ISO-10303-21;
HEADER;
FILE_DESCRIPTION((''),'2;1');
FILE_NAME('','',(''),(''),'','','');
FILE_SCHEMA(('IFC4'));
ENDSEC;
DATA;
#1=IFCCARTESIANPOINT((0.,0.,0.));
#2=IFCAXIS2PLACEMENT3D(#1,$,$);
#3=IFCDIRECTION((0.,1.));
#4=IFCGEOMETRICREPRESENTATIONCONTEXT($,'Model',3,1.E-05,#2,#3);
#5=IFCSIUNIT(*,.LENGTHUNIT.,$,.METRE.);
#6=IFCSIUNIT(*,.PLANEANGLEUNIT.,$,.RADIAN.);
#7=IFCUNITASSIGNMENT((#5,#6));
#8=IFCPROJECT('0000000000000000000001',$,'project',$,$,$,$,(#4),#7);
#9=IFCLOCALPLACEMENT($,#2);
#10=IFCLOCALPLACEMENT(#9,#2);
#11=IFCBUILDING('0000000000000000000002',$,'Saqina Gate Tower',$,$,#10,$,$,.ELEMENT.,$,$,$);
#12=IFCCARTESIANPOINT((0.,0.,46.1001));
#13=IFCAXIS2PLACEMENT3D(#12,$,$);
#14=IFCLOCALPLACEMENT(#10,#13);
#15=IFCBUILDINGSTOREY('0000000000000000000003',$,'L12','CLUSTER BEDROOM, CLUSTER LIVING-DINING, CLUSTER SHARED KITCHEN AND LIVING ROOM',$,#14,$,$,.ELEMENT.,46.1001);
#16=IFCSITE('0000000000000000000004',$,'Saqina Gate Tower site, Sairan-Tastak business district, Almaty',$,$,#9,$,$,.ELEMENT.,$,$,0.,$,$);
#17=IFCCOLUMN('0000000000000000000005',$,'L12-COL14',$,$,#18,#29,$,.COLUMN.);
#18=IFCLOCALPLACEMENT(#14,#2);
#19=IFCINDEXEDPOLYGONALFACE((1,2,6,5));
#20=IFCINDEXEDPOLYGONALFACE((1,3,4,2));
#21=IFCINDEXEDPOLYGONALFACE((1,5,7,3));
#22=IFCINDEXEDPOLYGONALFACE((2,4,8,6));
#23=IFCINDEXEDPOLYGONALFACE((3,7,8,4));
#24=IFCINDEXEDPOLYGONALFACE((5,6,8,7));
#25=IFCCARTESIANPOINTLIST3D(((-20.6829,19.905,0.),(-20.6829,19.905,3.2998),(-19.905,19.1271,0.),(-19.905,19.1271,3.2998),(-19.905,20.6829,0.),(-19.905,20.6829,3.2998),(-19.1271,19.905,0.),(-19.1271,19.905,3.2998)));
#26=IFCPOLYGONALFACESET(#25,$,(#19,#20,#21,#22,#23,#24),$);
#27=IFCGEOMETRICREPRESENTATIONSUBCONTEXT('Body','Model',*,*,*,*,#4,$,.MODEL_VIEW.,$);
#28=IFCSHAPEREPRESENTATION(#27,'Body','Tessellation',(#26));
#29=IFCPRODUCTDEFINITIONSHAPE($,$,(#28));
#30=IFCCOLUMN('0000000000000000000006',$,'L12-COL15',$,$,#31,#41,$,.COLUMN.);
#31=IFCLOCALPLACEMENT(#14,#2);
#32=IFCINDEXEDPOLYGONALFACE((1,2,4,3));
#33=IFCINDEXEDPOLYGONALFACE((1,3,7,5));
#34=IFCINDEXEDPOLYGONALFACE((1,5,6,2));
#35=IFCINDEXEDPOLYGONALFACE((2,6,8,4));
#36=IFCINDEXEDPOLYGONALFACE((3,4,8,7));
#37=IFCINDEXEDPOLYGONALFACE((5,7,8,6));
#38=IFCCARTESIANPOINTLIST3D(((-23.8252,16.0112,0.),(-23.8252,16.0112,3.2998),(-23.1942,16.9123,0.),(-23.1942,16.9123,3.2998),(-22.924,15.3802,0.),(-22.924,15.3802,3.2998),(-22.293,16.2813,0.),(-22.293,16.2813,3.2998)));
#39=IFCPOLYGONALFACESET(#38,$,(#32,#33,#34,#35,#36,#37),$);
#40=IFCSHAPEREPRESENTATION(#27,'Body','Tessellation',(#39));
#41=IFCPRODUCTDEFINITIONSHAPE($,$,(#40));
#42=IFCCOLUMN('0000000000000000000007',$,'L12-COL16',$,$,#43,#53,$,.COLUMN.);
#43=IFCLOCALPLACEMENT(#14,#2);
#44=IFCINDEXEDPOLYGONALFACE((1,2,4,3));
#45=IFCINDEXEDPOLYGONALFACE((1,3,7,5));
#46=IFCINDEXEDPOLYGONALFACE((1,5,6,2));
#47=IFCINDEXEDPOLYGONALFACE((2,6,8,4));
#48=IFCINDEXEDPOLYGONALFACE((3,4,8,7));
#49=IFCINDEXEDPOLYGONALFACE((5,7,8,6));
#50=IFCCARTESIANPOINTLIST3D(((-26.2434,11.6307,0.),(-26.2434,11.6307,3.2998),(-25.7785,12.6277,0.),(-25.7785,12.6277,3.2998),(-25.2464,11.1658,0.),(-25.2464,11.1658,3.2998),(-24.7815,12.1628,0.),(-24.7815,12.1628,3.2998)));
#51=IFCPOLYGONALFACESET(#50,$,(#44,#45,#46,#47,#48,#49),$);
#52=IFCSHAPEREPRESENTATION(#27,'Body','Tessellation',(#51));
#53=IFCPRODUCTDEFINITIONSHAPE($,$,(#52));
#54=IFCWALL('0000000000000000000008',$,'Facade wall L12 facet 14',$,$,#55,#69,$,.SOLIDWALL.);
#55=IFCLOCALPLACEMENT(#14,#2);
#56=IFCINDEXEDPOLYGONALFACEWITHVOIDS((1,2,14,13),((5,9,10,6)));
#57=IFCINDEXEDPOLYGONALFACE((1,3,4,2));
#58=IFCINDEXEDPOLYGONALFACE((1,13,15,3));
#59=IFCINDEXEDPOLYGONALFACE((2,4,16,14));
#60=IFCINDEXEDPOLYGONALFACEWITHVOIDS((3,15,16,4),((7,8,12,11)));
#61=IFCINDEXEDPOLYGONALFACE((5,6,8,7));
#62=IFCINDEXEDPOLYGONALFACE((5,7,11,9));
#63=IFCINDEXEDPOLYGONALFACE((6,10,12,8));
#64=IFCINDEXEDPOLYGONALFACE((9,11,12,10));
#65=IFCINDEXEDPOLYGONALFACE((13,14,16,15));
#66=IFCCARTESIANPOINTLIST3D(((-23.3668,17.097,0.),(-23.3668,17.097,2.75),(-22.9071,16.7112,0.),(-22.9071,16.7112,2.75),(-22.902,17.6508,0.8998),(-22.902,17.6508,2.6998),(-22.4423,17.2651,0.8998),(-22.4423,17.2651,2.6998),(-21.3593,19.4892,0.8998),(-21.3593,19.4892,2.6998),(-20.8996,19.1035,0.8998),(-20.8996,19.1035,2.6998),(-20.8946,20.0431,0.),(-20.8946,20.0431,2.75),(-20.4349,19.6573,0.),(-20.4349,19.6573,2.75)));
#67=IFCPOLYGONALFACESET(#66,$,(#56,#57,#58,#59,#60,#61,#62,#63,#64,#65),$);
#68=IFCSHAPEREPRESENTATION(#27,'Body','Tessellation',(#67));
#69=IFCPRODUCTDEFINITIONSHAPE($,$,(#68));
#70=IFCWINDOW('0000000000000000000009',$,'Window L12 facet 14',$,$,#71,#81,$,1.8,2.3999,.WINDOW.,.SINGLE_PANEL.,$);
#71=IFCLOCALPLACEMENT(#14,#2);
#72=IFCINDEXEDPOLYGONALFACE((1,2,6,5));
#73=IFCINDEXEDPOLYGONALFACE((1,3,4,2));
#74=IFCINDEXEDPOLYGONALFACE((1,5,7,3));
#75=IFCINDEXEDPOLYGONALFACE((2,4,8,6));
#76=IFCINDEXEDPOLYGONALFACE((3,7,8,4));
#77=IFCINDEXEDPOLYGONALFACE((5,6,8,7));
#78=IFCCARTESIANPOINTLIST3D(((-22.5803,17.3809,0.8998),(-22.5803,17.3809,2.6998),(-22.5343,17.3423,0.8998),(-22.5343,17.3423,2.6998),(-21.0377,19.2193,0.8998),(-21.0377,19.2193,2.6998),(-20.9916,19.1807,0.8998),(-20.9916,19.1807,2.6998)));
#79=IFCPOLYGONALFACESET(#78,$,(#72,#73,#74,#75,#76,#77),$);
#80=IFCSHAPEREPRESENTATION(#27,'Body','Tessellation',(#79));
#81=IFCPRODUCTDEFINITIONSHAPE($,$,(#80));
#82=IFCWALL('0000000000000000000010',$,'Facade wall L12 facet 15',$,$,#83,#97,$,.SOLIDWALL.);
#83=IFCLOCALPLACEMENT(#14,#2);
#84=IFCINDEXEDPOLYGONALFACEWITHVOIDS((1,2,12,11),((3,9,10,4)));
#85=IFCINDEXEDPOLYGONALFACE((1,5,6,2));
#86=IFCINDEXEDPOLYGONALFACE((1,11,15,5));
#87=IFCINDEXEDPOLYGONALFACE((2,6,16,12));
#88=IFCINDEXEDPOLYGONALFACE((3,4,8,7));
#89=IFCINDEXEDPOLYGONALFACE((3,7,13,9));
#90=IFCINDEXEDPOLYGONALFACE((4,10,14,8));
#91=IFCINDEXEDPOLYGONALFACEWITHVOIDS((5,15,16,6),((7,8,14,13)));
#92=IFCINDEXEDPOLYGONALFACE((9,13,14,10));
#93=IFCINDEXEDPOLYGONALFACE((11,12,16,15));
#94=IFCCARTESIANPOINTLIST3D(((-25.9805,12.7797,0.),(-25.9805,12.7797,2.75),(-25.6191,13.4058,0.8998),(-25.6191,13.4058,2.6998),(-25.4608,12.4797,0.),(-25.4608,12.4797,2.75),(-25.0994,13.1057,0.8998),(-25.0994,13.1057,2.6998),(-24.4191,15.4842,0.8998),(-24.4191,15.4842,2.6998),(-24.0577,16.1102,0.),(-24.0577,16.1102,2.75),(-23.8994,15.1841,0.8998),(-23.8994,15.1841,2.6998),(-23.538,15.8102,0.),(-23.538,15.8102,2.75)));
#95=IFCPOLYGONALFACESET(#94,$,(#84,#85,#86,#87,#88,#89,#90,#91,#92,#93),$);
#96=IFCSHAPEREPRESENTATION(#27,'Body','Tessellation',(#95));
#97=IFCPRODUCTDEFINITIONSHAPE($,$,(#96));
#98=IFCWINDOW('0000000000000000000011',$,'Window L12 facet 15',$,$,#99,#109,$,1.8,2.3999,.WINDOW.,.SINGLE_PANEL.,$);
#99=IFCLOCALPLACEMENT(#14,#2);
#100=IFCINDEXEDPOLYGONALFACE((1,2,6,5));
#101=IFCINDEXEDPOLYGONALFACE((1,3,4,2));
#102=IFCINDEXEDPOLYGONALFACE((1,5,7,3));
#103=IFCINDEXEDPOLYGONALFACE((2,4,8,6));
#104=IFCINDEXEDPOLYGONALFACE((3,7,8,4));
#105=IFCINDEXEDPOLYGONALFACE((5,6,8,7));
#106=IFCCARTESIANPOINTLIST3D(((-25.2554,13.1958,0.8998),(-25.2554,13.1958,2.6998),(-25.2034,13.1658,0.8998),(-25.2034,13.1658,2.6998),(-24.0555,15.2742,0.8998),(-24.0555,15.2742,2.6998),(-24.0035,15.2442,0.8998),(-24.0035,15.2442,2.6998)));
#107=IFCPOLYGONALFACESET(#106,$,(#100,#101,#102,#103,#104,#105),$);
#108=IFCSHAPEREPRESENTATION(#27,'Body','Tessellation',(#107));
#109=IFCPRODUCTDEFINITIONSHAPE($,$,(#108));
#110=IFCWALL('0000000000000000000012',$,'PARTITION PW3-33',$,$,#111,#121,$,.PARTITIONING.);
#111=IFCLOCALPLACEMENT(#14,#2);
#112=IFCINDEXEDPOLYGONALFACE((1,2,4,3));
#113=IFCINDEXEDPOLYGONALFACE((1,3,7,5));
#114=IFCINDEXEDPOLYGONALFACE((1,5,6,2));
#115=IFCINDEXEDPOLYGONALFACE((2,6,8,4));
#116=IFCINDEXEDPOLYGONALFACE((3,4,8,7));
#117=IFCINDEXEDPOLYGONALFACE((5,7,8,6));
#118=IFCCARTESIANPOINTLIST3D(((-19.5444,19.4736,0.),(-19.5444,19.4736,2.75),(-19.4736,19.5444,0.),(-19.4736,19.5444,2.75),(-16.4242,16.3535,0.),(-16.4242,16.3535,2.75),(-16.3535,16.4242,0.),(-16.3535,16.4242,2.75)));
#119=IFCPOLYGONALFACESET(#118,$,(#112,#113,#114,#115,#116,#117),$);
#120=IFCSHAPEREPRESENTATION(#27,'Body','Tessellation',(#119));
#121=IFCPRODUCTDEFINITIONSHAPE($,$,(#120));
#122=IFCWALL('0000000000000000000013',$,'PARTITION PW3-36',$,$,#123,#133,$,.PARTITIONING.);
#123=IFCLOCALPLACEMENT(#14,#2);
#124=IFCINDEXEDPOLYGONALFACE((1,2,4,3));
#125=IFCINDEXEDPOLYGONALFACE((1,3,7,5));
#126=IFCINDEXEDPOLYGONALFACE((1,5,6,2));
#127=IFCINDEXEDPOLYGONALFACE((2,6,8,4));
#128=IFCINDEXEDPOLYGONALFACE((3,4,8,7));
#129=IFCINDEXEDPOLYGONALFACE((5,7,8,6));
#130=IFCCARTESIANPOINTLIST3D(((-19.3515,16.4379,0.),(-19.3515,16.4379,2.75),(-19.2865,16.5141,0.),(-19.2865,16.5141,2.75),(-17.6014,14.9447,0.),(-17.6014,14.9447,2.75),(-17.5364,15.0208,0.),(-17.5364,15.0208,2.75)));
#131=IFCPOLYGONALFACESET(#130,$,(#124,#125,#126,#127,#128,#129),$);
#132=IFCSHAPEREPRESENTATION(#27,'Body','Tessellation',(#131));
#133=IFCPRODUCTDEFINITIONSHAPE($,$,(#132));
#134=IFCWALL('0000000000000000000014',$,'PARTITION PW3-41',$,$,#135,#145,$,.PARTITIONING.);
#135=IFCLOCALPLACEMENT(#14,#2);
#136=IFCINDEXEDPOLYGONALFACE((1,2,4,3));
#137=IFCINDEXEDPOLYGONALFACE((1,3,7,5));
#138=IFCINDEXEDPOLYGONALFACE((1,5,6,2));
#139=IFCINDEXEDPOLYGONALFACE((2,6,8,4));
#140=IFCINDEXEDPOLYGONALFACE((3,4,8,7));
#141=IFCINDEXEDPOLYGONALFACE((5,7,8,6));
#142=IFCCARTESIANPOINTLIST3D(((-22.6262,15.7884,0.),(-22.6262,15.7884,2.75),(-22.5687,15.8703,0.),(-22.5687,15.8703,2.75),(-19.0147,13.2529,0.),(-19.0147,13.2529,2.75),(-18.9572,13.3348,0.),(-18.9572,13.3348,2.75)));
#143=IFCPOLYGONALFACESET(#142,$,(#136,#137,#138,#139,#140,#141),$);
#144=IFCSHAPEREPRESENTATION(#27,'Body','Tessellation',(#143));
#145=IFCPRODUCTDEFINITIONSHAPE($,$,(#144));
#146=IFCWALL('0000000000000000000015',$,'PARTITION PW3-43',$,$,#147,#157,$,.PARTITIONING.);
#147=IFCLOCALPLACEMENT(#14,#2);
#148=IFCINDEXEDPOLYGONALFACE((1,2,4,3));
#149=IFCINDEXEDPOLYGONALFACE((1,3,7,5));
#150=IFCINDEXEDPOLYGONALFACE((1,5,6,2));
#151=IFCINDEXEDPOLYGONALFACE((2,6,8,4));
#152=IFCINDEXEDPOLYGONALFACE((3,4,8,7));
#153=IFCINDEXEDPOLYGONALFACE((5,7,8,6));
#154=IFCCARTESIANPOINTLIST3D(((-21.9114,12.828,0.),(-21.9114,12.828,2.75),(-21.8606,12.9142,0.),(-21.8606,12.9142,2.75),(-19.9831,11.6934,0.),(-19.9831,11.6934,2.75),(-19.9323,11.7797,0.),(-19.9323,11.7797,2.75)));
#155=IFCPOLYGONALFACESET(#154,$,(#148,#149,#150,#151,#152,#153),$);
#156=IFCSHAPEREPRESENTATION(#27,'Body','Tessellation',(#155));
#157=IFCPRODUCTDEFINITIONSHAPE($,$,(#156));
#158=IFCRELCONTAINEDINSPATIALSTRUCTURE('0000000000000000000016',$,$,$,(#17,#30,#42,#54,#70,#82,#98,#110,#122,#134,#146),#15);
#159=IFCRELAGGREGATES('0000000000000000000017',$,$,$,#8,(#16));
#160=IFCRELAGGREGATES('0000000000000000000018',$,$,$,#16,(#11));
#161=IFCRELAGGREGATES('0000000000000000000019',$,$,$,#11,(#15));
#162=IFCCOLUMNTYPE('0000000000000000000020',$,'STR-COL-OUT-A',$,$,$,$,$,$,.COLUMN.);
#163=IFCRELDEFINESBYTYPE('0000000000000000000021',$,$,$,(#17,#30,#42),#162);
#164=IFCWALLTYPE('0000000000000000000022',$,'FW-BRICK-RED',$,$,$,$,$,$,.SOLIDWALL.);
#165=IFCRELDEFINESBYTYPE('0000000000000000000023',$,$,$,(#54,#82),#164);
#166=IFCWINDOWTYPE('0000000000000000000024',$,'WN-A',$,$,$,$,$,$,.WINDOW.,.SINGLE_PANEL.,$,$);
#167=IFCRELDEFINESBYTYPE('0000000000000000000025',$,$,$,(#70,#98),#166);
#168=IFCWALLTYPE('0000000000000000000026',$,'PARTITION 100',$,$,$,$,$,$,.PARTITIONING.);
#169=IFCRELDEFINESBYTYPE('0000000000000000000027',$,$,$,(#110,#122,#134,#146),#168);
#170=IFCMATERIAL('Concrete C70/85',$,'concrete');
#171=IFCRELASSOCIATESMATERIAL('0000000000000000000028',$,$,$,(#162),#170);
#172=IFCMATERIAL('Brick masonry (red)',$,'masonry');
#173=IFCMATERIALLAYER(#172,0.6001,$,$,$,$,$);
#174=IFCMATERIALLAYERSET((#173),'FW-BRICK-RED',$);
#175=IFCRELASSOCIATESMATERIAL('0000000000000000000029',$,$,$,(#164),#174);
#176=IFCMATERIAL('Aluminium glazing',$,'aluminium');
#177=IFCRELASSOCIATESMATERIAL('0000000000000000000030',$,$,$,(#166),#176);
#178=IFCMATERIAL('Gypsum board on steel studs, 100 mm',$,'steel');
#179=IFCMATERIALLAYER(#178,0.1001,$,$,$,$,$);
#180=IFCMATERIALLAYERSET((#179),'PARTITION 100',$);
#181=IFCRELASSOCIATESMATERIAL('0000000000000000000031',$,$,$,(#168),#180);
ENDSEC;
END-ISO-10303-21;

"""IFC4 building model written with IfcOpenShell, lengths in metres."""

from ifc_helpers import new_model, si_unit, direction, frame, frame_2d, origin, origin_2d, place, context, subcontext, project, spatial, rectangle, extrude, material, layer, layer_set, material_profile, profile_set, type_object, element, fill, save


model = new_model("IFC4")

# Units and contexts
model_context = context("Model", 3, precision=1e-05, world=origin(), true_north=direction((0.0, 1.0)))
body_context = subcontext(model_context, "Body", "Model", "MODEL_VIEW")
ifc_project = project(units=[si_unit("LENGTHUNIT", "METRE"), si_unit("PLANEANGLEUNIT", "RADIAN")], contexts=[model_context])

# Site, building, storey
site_placement = place(None, origin())
site = spatial("IfcSite", under=ifc_project, at=site_placement, Name="Saqina Gate Tower site, Sairan-Tastak business district, Almaty", CompositionType="ELEMENT", RefElevation=0.0)
building_placement = place(site_placement, origin())
building = spatial("IfcBuilding", under=site, at=building_placement, Name="Saqina Gate Tower", CompositionType="ELEMENT")
storey_placement = place(building_placement, frame((0.0, 0.0, 46.1001)))
storey = spatial("IfcBuildingStorey", under=building, at=storey_placement, Name="L12", Description="CLUSTER BEDROOM, CLUSTER LIVING-DINING, CLUSTER SHARED KITCHEN AND LIVING ROOM", CompositionType="ELEMENT", Elevation=46.1001)

# Columns
ifc_material_1 = material(Name="Concrete C70/85", Category="concrete")
ifc_material_profile = material_profile(ifc_material_1, rectangle(XDim=1.1001, YDim=1.1001, at=origin_2d()), Name="RC 1100x1100")
ifc_profile_set = profile_set([ifc_material_profile], Name="Concrete C70/85")
column_type = type_object("IfcColumnType", Name="STR-COL-OUT-A", PredefinedType="COLUMN", material=ifc_profile_set)
for number, where, z_axis, x_axis, name in (
    (1, (-19.905, 19.905, 0.0), (0.0, 0.0, 1.0), (-0.707107, 0.707107, 0.0), "L12-COL14"),
    (2, (-23.0591, 16.1462, 0.0), (0.0, 0.0, 1.0), (-0.819152, 0.573576, 0.0), "L12-COL15"),
    (3, (-25.5125, 11.8967, 0.0), (0.0, 0.0, 1.0), (-0.906308, 0.422618, 0.0), "L12-COL16"),
):
    element("IfcColumn", number, at=place(storey_placement, frame(where, z_axis=z_axis, x_axis=x_axis)), inside=storey, type_object=column_type, Name=name, PredefinedType="COLUMN", context=body_context, shape_type="SweptSolid", body=[
        extrude(rectangle(XDim=1.1001, YDim=1.1001, at=origin_2d()), origin(), (0.0, 0.0, 1.0), 3.2998),
    ])

# Walls, openings, windows
ifc_material_2 = material(Name="Brick masonry (red)", Category="masonry")
ifc_layer_1 = layer(ifc_material_2, 0.6001)
ifc_layer_set_1 = layer_set([ifc_layer_1], Name="FW-BRICK-RED")
wall_type_1 = type_object("IfcWallType", Name="FW-BRICK-RED", PredefinedType="SOLIDWALL", material=ifc_layer_set_1)
wall_1_placement = place(storey_placement, frame((-20.6648, 19.8501, 0.0), z_axis=(0.0, 0.0, 1.0), x_axis=(-0.642809, -0.766026, 0.0)))
wall_1 = element("IfcWall", 4, at=wall_1_placement, inside=storey, type_object=wall_type_1, Name="Facade wall L12 facet 14", PredefinedType="SOLIDWALL", context=body_context, shape_type="SweptSolid", body=[
    extrude(rectangle(XDim=3.8459, YDim=0.6001, at=frame_2d((1.9229, 0.0))), origin(), (0.0, 0.0, 1.0), 2.75),
])
opening_1_placement = place(wall_1_placement, frame((0.7229, 0.0, 0.8999)))
opening_1 = element("IfcOpeningElement", 5, at=opening_1_placement, cuts=wall_1, PredefinedType="OPENING", context=body_context, shape_type="SweptSolid", body=[
    extrude(rectangle(XDim=2.3999, YDim=1.8, at=frame_2d((1.2, 0.8999))), frame((0.0, 0.312, 0.0), z_axis=(0.0, -1.0, 0.0), x_axis=(1.0, 0.0, 0.0)), (0.0, 0.0, 1.0), 0.624),
])
ifc_material_3 = material(Name="Aluminium glazing", Category="aluminium")
window_type = type_object("IfcWindowType", Name="WN-A", PartitioningType="SINGLE_PANEL", PredefinedType="WINDOW", material=ifc_material_3)
window_1_placement = place(opening_1_placement, origin())
window_1 = element("IfcWindow", 6, at=window_1_placement, inside=storey, type_object=window_type, Name="Window L12 facet 14", OverallHeight=1.8, OverallWidth=2.3999, PartitioningType="SINGLE_PANEL", PredefinedType="WINDOW", context=body_context, shape_type="SweptSolid", body=[
    extrude(rectangle(XDim=2.3999, YDim=1.8, at=frame_2d((1.2, 0.8999))), frame((0.0, 0.1799, 0.0), z_axis=(0.0, -1.0, 0.0), x_axis=(1.0, 0.0, 0.0)), (0.0, 0.0, 1.0), 0.0601),
])
fill(opening_1, window_1)
wall_2_placement = place(storey_placement, frame((-23.7979, 15.9602, 0.0), z_axis=(0.0, 0.0, 1.0), x_axis=(-0.49999, -0.866031, 0.0)))
wall_2 = element("IfcWall", 7, at=wall_2_placement, inside=storey, type_object=wall_type_1, Name="Facade wall L12 facet 15", PredefinedType="SOLIDWALL", context=body_context, shape_type="SweptSolid", body=[
    extrude(rectangle(XDim=3.8457, YDim=0.6001, at=frame_2d((1.9229, 0.0))), origin(), (0.0, 0.0, 1.0), 2.75),
])
opening_2_placement = place(wall_2_placement, frame((0.7229, 0.0, 0.8999)))
opening_2 = element("IfcOpeningElement", 8, at=opening_2_placement, cuts=wall_2, PredefinedType="OPENING", context=body_context, shape_type="SweptSolid", body=[
    extrude(rectangle(XDim=2.3999, YDim=1.8, at=frame_2d((1.2, 0.8999))), frame((0.0, 0.312, 0.0), z_axis=(0.0, -1.0, 0.0), x_axis=(1.0, 0.0, 0.0)), (0.0, 0.0, 1.0), 0.624),
])
window_2_placement = place(opening_2_placement, origin())
window_2 = element("IfcWindow", 9, at=window_2_placement, inside=storey, type_object=window_type, Name="Window L12 facet 15", OverallHeight=1.8, OverallWidth=2.3999, PartitioningType="SINGLE_PANEL", PredefinedType="WINDOW", context=body_context, shape_type="SweptSolid", body=[
    extrude(rectangle(XDim=2.3999, YDim=1.8, at=frame_2d((1.2, 0.8999))), frame((0.0, 0.1799, 0.0), z_axis=(0.0, -1.0, 0.0), x_axis=(1.0, 0.0, 0.0)), (0.0, 0.0, 1.0), 0.0601),
])
fill(opening_2, window_2)

# Walls
ifc_material_4 = material(Name="Gypsum board on steel studs, 100 mm", Category="steel")
ifc_layer_2 = layer(ifc_material_4, 0.1001)
ifc_layer_set_2 = layer_set([ifc_layer_2], Name="PARTITION 100")
wall_type_2 = type_object("IfcWallType", Name="PARTITION 100", PredefinedType="PARTITIONING", material=ifc_layer_set_2)
wall_3_placement = place(storey_placement, frame((-19.509, 19.509, 0.0), z_axis=(0.0, 0.0, 1.0), x_axis=(0.707107, -0.707107, 0.0)))
element("IfcWall", 10, at=wall_3_placement, inside=storey, type_object=wall_type_2, Name="PARTITION PW3-33", PredefinedType="PARTITIONING", context=body_context, shape_type="SweptSolid", body=[
    extrude(rectangle(XDim=4.4126, YDim=0.1001, at=frame_2d((2.2063, 0.0))), origin(), (0.0, 0.0, 1.0), 2.75),
])
wall_4_placement = place(storey_placement, frame((-19.3191, 16.4761, 0.0), z_axis=(0.0, 0.0, 1.0), x_axis=(0.760723, -0.649077, 0.0)))
element("IfcWall", 11, at=wall_4_placement, inside=storey, type_object=wall_type_2, Name="PARTITION PW3-36", PredefinedType="PARTITIONING", context=body_context, shape_type="SweptSolid", body=[
    extrude(rectangle(XDim=2.3005, YDim=0.1001, at=frame_2d((1.1504, 0.0))), origin(), (0.0, 0.0, 1.0), 2.75),
])
wall_5_placement = place(storey_placement, frame((-22.5974, 15.8293, 0.0), z_axis=(0.0, 0.0, 1.0), x_axis=(0.818436, -0.574598, 0.0)))
element("IfcWall", 12, at=wall_5_placement, inside=storey, type_object=wall_type_2, Name="PARTITION PW3-41", PredefinedType="PARTITIONING", context=body_context, shape_type="SweptSolid", body=[
    extrude(rectangle(XDim=4.4126, YDim=0.1001, at=frame_2d((2.2063, 0.0))), origin(), (0.0, 0.0, 1.0), 2.75),
])
wall_6_placement = place(storey_placement, frame((-21.886, 12.8711, 0.0), z_axis=(0.0, 0.0, 1.0), x_axis=(0.861881, -0.507111, 0.0)))
element("IfcWall", 13, at=wall_6_placement, inside=storey, type_object=wall_type_2, Name="PARTITION PW3-43", PredefinedType="PARTITIONING", context=body_context, shape_type="SweptSolid", body=[
    extrude(rectangle(XDim=2.2373, YDim=0.1001, at=frame_2d((1.1187, 0.0))), origin(), (0.0, 0.0, 1.0), 2.75),
])

save(model, "model.ifc")
